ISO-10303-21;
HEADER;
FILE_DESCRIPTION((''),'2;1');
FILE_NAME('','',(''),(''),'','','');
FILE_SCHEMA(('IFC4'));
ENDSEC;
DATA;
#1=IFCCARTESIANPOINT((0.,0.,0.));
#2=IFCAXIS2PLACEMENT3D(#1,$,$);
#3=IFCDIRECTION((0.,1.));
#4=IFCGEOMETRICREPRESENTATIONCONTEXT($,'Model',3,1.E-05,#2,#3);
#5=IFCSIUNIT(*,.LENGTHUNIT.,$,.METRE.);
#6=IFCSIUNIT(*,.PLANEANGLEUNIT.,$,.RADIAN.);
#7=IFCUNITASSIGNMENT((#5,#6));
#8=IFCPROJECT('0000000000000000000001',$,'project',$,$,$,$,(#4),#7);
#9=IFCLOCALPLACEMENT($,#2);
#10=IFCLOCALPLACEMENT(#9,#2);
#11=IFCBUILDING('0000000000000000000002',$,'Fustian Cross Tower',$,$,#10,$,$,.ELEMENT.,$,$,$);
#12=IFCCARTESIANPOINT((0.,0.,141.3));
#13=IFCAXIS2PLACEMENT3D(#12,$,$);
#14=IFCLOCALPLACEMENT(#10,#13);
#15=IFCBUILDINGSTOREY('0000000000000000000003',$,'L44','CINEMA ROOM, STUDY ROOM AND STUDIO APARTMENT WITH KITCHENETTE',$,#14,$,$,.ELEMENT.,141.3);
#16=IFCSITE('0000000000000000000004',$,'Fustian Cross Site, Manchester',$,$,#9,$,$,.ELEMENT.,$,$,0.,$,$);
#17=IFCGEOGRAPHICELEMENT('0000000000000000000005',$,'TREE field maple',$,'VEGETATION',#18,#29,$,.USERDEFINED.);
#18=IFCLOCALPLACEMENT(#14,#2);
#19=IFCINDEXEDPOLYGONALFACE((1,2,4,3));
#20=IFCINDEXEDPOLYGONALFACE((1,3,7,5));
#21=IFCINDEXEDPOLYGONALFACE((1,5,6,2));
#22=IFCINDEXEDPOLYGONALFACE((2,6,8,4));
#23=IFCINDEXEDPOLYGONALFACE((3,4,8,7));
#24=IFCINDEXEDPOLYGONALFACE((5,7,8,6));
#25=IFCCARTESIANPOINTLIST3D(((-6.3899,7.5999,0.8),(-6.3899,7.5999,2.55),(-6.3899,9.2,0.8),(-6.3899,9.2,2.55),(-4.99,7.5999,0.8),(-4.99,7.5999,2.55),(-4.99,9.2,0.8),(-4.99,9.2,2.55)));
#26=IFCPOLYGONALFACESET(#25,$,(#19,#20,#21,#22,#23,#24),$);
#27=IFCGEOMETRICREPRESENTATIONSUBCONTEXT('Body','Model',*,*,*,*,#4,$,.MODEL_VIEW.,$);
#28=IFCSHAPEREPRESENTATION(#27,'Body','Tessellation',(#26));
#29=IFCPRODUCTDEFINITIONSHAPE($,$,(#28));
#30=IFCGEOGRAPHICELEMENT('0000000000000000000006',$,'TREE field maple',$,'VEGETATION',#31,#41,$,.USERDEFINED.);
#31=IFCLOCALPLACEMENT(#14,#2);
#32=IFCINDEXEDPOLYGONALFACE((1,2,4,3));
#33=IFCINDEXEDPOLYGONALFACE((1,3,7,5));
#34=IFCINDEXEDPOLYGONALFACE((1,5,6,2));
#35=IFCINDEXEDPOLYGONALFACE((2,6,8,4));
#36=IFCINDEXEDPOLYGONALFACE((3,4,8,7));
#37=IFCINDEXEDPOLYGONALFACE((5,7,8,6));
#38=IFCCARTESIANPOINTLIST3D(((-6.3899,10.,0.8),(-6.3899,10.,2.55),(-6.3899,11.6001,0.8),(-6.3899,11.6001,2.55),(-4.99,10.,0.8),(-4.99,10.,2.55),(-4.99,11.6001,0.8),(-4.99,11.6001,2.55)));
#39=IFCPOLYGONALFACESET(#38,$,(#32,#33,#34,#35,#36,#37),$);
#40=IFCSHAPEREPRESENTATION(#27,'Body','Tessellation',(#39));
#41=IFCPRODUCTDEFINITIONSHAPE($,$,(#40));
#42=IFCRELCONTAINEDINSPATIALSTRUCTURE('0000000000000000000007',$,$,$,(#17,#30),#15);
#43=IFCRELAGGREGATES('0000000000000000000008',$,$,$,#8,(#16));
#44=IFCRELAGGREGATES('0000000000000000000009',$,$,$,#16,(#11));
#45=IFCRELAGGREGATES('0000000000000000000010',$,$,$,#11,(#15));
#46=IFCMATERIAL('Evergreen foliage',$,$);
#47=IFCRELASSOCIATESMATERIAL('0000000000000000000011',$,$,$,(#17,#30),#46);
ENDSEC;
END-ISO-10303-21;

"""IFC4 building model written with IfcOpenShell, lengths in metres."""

from ifc_helpers import new_model, si_unit, direction, frame, origin, origin_2d, place, context, subcontext, project, spatial, rectangle, extrude, material, element, save


model = new_model("IFC4")

# Units and contexts
model_context = context("Model", 3, precision=1e-05, world=origin(), true_north=direction((0.0, 1.0)))
body_context = subcontext(model_context, "Body", "Model", "MODEL_VIEW")
ifc_project = project(units=[si_unit("LENGTHUNIT", "METRE"), si_unit("PLANEANGLEUNIT", "RADIAN")], contexts=[model_context])

# Site, building, storey
site_placement = place(None, origin())
site = spatial("IfcSite", under=ifc_project, at=site_placement, Name="Fustian Cross Site, Manchester", CompositionType="ELEMENT", RefElevation=0.0)
building_placement = place(site_placement, origin())
building = spatial("IfcBuilding", under=site, at=building_placement, Name="Fustian Cross Tower", CompositionType="ELEMENT")
storey_placement = place(building_placement, frame((0.0, 0.0, 141.3)))
storey = spatial("IfcBuildingStorey", under=building, at=storey_placement, Name="L44", Description="CINEMA ROOM, STUDY ROOM AND STUDIO APARTMENT WITH KITCHENETTE", CompositionType="ELEMENT", Elevation=141.3)

# Geographic elements
ifc_material_1 = material(Name="Evergreen foliage")
for number, where, z_axis, x_axis, name in (
    (1, (-5.6899, 8.3999, 0.8), (0.0, 0.0, 1.0), (1.0, 0.0, 0.0), "TREE field maple"),
    (2, (-5.6899, 10.8, 0.8), (0.0, 0.0, 1.0), (1.0, 0.0, 0.0), "TREE field maple"),
):
    element("IfcGeographicElement", number, at=place(storey_placement, frame(where, z_axis=z_axis, x_axis=x_axis)), inside=storey, material=ifc_material_1, Name=name, ObjectType="VEGETATION", PredefinedType="USERDEFINED", context=body_context, shape_type="SweptSolid", body=[
        extrude(rectangle(XDim=1.3999, YDim=1.6001, at=origin_2d()), origin(), (0.0, 0.0, 1.0), 1.75),
    ])

save(model, "model.ifc")
